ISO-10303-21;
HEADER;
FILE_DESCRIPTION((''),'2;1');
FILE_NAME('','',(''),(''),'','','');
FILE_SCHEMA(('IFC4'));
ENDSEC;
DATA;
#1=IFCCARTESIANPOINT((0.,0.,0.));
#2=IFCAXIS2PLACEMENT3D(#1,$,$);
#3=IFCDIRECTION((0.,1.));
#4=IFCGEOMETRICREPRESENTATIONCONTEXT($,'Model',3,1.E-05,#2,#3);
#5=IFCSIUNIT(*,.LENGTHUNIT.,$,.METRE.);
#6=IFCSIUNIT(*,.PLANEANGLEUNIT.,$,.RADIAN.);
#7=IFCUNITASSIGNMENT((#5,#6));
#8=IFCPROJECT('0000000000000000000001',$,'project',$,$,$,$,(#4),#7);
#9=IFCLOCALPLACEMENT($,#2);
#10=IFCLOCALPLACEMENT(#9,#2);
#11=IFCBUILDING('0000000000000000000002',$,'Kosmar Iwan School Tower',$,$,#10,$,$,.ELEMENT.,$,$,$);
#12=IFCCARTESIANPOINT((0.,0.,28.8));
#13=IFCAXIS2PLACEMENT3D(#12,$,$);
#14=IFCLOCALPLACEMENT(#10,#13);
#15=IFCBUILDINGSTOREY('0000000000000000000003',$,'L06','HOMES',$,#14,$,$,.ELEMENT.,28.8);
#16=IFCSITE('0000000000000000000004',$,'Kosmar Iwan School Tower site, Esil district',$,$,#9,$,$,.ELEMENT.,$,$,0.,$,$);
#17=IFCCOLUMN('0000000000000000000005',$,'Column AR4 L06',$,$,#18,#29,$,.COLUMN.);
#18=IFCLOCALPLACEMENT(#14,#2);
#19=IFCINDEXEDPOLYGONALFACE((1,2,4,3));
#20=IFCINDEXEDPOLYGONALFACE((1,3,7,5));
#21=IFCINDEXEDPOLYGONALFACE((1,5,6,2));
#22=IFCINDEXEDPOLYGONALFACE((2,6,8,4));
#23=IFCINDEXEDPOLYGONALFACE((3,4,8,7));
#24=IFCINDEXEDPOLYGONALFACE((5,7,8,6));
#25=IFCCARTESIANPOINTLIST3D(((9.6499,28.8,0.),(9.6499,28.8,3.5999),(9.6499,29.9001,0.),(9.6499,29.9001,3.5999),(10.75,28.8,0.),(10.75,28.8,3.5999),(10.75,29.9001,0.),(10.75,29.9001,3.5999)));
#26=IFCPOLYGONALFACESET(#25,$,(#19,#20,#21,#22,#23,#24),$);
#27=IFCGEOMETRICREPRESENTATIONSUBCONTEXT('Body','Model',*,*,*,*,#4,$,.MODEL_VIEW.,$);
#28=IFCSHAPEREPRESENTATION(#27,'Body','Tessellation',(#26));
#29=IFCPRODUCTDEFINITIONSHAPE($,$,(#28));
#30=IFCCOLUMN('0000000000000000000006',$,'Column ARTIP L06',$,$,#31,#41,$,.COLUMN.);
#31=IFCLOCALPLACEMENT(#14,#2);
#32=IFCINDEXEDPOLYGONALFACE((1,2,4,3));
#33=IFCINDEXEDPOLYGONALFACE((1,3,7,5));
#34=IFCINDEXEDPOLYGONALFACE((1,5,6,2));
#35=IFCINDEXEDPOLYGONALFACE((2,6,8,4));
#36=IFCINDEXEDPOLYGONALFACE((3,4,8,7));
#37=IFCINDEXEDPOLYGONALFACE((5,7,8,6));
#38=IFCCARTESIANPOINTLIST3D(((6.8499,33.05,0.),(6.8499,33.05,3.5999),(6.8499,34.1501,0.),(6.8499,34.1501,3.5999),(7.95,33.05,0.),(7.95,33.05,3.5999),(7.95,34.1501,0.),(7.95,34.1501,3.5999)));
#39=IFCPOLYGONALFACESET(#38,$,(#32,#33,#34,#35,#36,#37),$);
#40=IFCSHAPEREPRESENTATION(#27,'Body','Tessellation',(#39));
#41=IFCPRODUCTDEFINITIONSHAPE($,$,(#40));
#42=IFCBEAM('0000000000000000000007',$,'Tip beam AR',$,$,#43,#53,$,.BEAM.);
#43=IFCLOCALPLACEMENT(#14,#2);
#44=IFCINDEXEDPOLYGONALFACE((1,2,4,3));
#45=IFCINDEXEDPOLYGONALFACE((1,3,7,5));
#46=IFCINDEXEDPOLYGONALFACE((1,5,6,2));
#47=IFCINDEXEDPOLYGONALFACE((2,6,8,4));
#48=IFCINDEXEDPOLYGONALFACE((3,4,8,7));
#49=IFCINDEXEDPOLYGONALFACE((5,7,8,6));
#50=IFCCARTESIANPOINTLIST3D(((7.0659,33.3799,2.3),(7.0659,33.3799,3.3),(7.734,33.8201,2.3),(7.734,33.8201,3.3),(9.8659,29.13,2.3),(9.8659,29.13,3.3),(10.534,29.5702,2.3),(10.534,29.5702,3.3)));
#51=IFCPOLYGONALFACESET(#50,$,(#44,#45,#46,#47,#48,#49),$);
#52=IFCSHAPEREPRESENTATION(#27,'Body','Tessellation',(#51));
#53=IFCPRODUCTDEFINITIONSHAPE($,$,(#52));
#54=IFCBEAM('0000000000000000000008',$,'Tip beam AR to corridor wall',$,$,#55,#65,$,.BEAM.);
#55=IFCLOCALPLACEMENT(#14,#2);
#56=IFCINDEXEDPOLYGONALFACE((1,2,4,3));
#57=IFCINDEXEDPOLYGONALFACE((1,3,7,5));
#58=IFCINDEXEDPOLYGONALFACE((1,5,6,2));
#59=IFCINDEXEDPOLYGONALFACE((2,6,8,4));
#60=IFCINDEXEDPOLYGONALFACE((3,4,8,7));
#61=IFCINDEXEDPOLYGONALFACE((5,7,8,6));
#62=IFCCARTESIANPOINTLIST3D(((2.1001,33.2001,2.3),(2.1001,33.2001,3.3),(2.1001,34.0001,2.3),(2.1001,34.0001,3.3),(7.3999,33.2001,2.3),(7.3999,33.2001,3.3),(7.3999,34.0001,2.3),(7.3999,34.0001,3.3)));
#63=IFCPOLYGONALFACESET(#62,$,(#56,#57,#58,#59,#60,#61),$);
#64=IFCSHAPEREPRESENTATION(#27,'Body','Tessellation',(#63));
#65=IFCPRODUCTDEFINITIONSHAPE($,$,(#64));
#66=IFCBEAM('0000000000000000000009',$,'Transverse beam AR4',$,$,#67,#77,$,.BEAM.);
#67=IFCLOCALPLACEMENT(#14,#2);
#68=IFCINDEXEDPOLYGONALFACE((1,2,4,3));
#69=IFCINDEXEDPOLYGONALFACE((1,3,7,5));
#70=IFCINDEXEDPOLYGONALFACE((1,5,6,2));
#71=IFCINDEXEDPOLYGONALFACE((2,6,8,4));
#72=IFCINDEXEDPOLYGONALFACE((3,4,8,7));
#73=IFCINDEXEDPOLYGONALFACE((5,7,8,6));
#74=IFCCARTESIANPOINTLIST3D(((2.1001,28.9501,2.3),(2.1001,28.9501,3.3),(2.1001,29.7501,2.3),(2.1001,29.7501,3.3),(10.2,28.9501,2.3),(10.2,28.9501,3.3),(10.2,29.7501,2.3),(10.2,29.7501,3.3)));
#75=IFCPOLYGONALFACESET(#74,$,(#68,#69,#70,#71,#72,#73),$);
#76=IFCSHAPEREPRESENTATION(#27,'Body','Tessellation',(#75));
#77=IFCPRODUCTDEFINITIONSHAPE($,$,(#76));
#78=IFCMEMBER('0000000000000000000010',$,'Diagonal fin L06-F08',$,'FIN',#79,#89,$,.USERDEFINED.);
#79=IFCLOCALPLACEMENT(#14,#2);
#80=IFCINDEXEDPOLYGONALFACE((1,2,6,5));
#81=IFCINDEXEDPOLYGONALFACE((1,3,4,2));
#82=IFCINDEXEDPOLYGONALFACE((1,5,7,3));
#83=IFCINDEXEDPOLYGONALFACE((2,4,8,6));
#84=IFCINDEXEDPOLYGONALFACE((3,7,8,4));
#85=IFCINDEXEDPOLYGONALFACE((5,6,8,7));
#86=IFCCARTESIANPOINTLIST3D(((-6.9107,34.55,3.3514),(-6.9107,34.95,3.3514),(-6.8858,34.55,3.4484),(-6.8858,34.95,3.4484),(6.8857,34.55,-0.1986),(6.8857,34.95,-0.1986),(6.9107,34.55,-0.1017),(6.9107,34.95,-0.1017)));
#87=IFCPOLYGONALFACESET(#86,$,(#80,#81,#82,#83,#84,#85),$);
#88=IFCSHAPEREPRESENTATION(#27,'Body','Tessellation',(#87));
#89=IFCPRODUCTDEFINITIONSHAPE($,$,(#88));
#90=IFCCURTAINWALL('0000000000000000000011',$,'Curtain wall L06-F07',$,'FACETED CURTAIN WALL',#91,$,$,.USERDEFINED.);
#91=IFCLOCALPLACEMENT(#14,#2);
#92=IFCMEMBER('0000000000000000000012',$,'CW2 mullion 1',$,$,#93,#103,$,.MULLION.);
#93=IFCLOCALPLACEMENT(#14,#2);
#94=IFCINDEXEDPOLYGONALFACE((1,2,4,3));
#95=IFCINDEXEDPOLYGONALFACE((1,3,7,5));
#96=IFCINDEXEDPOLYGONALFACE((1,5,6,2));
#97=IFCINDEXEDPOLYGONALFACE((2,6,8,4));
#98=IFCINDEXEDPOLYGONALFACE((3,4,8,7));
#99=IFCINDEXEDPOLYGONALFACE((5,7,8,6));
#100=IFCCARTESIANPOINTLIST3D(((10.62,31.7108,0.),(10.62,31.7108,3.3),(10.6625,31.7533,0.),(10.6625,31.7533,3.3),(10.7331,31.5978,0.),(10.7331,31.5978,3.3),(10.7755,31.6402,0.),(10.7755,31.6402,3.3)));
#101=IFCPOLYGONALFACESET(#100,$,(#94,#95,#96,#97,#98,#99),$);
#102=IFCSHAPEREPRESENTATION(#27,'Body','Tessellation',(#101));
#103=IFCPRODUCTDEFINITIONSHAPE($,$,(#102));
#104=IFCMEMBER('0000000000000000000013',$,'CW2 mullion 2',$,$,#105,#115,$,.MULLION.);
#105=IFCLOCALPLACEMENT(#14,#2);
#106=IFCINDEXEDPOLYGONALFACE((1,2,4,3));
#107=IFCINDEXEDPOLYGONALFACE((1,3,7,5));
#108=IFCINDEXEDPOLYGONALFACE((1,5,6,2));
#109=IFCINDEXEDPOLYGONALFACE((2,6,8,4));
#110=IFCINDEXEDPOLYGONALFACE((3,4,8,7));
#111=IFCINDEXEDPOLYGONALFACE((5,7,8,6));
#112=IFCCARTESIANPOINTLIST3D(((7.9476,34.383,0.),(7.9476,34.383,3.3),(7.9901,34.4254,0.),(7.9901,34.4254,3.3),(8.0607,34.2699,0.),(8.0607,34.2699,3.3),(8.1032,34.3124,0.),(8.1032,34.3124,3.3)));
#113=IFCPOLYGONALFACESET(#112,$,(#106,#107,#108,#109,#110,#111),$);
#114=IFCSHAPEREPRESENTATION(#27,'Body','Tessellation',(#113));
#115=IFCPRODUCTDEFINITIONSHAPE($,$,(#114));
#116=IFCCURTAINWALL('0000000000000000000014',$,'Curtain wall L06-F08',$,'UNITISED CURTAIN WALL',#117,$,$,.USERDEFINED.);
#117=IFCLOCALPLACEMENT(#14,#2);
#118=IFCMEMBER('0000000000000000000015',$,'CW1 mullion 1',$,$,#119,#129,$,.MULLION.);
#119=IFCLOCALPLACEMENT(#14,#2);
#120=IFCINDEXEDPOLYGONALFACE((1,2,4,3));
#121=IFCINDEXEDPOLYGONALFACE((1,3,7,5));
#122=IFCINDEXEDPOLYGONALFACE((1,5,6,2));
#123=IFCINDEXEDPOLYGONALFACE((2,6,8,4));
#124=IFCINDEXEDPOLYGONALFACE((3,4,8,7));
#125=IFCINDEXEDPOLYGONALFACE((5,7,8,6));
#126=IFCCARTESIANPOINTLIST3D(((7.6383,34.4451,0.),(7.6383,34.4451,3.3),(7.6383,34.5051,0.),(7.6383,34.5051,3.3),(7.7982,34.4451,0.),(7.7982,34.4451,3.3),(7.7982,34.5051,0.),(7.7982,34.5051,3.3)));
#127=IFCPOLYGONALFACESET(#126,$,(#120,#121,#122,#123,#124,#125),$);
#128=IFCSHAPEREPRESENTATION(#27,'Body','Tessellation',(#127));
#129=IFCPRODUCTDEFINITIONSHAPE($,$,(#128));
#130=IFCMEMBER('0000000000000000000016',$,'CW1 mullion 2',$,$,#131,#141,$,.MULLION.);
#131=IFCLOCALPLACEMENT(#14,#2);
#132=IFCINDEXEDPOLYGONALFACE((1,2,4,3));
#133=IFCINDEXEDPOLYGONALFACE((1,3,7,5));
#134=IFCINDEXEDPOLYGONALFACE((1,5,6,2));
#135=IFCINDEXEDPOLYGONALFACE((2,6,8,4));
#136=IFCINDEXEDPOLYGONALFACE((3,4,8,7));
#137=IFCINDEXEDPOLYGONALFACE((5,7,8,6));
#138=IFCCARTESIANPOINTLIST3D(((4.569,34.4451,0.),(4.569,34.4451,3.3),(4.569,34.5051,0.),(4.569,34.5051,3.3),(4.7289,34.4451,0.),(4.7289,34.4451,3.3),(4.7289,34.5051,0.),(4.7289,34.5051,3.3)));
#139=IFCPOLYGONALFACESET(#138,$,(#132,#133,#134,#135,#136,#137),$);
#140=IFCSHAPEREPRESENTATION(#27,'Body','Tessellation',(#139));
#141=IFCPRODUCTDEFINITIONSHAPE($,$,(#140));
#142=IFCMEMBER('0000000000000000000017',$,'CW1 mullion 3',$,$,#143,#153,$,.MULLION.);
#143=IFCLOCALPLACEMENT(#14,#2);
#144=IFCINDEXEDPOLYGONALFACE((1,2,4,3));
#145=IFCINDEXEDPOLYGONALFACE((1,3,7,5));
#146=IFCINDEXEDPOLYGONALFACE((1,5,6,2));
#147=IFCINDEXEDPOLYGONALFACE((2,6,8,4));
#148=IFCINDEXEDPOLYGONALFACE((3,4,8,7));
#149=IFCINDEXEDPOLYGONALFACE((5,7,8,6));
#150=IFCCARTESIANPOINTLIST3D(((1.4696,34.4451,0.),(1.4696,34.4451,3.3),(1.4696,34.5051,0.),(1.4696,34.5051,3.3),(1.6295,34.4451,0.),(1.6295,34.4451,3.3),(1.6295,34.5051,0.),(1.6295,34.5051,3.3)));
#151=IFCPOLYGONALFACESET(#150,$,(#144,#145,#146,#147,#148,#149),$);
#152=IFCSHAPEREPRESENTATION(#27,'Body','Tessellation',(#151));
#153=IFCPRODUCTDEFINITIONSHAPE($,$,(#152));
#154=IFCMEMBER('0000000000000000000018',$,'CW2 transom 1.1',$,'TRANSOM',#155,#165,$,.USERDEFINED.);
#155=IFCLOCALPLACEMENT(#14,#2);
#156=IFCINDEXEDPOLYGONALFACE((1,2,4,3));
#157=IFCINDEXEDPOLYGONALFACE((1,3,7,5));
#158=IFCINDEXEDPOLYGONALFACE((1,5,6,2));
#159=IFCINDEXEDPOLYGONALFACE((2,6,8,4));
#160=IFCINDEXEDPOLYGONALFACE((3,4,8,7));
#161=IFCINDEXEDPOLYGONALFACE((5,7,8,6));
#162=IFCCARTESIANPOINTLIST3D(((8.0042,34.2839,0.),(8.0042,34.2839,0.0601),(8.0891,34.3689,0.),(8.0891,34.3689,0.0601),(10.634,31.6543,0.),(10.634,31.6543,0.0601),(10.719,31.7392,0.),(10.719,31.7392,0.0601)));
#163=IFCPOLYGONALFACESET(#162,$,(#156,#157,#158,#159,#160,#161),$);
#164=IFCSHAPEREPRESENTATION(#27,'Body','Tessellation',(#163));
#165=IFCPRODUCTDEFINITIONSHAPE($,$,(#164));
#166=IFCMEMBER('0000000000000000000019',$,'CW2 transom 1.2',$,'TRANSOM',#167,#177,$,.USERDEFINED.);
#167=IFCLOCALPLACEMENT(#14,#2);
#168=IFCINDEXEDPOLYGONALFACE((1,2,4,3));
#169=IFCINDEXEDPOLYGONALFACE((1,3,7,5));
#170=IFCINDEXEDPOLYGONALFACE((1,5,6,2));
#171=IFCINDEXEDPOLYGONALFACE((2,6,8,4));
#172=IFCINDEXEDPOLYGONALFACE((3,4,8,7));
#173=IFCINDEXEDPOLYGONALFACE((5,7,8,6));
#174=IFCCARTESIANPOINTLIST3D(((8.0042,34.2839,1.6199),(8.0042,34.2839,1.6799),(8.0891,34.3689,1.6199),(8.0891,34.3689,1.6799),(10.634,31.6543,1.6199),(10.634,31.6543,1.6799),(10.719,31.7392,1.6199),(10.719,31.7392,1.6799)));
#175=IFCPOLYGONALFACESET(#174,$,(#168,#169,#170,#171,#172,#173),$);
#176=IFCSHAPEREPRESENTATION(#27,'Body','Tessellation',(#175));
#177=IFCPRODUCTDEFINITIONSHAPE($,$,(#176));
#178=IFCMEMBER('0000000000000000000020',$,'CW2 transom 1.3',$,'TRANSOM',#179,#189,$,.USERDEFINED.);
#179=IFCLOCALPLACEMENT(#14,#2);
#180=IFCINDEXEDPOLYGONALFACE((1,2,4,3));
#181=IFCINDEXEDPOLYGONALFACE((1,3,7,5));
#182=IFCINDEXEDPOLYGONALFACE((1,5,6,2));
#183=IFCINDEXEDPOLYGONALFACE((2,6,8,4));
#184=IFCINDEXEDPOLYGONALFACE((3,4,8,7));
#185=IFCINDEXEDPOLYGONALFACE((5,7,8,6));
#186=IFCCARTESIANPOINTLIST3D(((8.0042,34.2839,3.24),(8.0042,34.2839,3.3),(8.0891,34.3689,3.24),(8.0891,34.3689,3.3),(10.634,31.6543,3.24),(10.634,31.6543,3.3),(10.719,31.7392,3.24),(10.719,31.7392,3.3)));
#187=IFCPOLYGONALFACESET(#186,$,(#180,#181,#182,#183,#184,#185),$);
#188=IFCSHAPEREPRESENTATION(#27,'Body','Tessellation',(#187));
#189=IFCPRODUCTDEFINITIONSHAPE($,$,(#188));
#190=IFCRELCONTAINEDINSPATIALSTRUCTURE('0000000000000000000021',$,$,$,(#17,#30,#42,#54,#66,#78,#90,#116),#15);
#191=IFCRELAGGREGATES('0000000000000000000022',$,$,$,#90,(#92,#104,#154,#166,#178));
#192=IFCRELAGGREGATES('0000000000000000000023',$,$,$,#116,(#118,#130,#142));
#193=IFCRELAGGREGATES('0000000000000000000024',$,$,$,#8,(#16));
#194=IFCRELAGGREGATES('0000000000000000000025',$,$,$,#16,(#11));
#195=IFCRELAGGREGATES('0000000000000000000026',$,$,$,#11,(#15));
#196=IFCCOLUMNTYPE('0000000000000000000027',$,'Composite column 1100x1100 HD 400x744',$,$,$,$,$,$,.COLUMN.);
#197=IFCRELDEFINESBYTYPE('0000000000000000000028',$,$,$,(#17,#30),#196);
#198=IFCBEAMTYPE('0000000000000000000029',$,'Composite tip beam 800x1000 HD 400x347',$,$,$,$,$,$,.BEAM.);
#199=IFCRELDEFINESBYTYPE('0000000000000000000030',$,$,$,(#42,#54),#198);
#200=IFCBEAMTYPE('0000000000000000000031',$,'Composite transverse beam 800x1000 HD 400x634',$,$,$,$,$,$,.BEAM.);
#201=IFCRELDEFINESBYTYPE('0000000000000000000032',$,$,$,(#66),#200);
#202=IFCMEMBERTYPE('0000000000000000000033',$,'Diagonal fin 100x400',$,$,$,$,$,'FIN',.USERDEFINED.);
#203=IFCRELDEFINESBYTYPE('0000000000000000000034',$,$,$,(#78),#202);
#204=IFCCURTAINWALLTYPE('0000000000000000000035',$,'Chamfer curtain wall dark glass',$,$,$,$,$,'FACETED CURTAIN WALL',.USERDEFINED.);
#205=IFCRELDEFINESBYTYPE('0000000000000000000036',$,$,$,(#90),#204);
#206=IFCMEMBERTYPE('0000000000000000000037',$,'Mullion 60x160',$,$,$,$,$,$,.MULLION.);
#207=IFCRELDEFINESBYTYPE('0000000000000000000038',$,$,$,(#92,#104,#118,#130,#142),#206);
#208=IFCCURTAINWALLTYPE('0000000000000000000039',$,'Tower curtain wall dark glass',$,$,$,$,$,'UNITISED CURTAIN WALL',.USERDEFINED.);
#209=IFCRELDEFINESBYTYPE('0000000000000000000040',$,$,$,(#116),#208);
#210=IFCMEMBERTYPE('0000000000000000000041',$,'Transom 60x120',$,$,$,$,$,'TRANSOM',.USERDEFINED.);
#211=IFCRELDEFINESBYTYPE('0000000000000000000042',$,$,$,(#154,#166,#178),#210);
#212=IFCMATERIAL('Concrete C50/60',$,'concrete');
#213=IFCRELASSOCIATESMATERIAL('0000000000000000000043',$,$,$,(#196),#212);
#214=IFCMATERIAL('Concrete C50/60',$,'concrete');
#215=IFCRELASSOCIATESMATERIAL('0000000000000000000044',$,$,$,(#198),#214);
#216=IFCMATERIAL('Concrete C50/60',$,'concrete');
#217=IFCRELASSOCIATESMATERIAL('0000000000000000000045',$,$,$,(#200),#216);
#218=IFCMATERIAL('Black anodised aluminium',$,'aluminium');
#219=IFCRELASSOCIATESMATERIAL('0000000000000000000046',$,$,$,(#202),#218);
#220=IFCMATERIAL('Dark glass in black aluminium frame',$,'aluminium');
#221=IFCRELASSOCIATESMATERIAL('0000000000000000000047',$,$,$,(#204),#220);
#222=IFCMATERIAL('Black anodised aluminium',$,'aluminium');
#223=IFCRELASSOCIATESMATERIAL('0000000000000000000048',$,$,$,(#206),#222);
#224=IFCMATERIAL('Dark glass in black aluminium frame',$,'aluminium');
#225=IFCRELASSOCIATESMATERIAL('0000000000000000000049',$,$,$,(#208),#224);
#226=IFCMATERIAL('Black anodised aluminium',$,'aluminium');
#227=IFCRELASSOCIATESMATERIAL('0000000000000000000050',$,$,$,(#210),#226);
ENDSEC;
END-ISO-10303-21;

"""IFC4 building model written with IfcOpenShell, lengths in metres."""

from ifc_helpers import new_model, si_unit, direction, frame, origin, origin_2d, place, context, subcontext, project, spatial, rectangle, extrude, material, material_profile, profile_set, type_object, element, aggregate, save


model = new_model("IFC4")

# Units and contexts
model_context = context("Model", 3, precision=1e-05, world=origin(), true_north=direction((0.0, 1.0)))
body_context = subcontext(model_context, "Body", "Model", "MODEL_VIEW")
ifc_project = project(units=[si_unit("LENGTHUNIT", "METRE"), si_unit("PLANEANGLEUNIT", "RADIAN")], contexts=[model_context])

# Site, building, storey
site_placement = place(None, origin())
site = spatial("IfcSite", under=ifc_project, at=site_placement, Name="Kosmar Iwan School Tower site, Esil district", CompositionType="ELEMENT", RefElevation=0.0)
building_placement = place(site_placement, origin())
building = spatial("IfcBuilding", under=site, at=building_placement, Name="Kosmar Iwan School Tower", CompositionType="ELEMENT")
storey_placement = place(building_placement, frame((0.0, 0.0, 28.8)))
storey = spatial("IfcBuildingStorey", under=building, at=storey_placement, Name="L06", Description="HOMES", CompositionType="ELEMENT", Elevation=28.8)

# Columns
ifc_material_1 = material(Name="Concrete C50/60", Category="concrete")
ifc_material_profile_1 = material_profile(ifc_material_1, rectangle(XDim=1.1001, YDim=1.1001, at=origin_2d()), Name="RC 1100x1100 + HD 400x744")
ifc_profile_set_1 = profile_set([ifc_material_profile_1], Name="Concrete C50/60")
column_type = type_object("IfcColumnType", Name="Composite column 1100x1100 HD 400x744", PredefinedType="COLUMN", material=ifc_profile_set_1)
for number, where, z_axis, x_axis, name in (
    (1, (10.2, 29.3501, 0.0), (0.0, 0.0, 1.0), (0.0, 1.0, 0.0), "Column AR4 L06"),
    (2, (7.3999, 33.6001, 0.0), (0.0, 0.0, 1.0), (0.0, 1.0, 0.0), "Column ARTIP L06"),
):
    element("IfcColumn", number, at=place(storey_placement, frame(where, z_axis=z_axis, x_axis=x_axis)), inside=storey, type_object=column_type, Name=name, PredefinedType="COLUMN", context=body_context, shape_type="SweptSolid", body=[
        extrude(rectangle(XDim=1.1001, YDim=1.1001, at=origin_2d()), origin(), (0.0, 0.0, 1.0), 3.5999),
    ])

# Beams
ifc_material_2 = material(Name="Concrete C50/60", Category="concrete")
ifc_material_profile_2 = material_profile(ifc_material_2, rectangle(XDim=0.8, YDim=1.0, at=origin_2d()), Name="RC 800x1000 + HD 400x347")
ifc_profile_set_2 = profile_set([ifc_material_profile_2], Name="Concrete C50/60")
beam_type_1 = type_object("IfcBeamType", Name="Composite tip beam 800x1000 HD 400x347", PredefinedType="BEAM", material=ifc_profile_set_2)
beam_1_placement = place(storey_placement, frame((10.2, 29.3501, 2.8), z_axis=(-0.550164, 0.835056, 0.0), x_axis=(-0.835056, -0.550164, 0.0)))
element("IfcBeam", 3, at=beam_1_placement, inside=storey, type_object=beam_type_1, Name="Tip beam AR", PredefinedType="BEAM", context=body_context, shape_type="SweptSolid", body=[
    extrude(rectangle(XDim=0.8, YDim=1.0, at=origin_2d()), origin(), (0.0, 0.0, 1.0), 5.0894),
])
beam_2_placement = place(storey_placement, frame((7.3999, 33.6001, 2.8), z_axis=(-1.0, 0.0, 0.0), x_axis=(0.0, -1.0, 0.0)))
element("IfcBeam", 4, at=beam_2_placement, inside=storey, type_object=beam_type_1, Name="Tip beam AR to corridor wall", PredefinedType="BEAM", context=body_context, shape_type="SweptSolid", body=[
    extrude(rectangle(XDim=0.8, YDim=1.0, at=origin_2d()), origin(), (0.0, 0.0, 1.0), 5.2998),
])
ifc_material_3 = material(Name="Concrete C50/60", Category="concrete")
ifc_material_profile_3 = material_profile(ifc_material_3, rectangle(XDim=0.8, YDim=1.0, at=origin_2d()), Name="RC 800x1000 + HD 400x634")
ifc_profile_set_3 = profile_set([ifc_material_profile_3], Name="Concrete C50/60")
beam_type_2 = type_object("IfcBeamType", Name="Composite transverse beam 800x1000 HD 400x634", PredefinedType="BEAM", material=ifc_profile_set_3)
beam_3_placement = place(storey_placement, frame((10.2, 29.3501, 2.8), z_axis=(-1.0, 0.0, 0.0), x_axis=(0.0, -1.0, 0.0)))
element("IfcBeam", 5, at=beam_3_placement, inside=storey, type_object=beam_type_2, Name="Transverse beam AR4", PredefinedType="BEAM", context=body_context, shape_type="SweptSolid", body=[
    extrude(rectangle(XDim=0.8, YDim=1.0, at=origin_2d()), origin(), (0.0, 0.0, 1.0), 8.0999),
])

# Member
ifc_material_4 = material(Name="Black anodised aluminium", Category="aluminium")
ifc_material_profile_4 = material_profile(ifc_material_4, rectangle(XDim=0.1001, YDim=0.3999, at=origin_2d()), Name="FIN 100x400")
ifc_profile_set_4 = profile_set([ifc_material_profile_4], Name="Black anodised aluminium")
member_type_1 = type_object("IfcMemberType", Name="Diagonal fin 100x400", ElementType="FIN", PredefinedType="USERDEFINED", material=ifc_profile_set_4)
member_1_placement = place(storey_placement, frame((6.8982, 34.75, -0.1501), z_axis=(-0.968452, 0.0, 0.249199), x_axis=(0.249199, 0.0, 0.968452)))
element("IfcMember", 6, at=member_1_placement, inside=storey, type_object=member_type_1, Name="Diagonal fin L06-F08", ObjectType="FIN", PredefinedType="USERDEFINED", context=body_context, shape_type="SweptSolid", body=[
    extrude(rectangle(XDim=0.1001, YDim=0.3999, at=origin_2d()), origin(), (0.0, 0.0, 1.0), 14.2458),
])

# Curtain walls, members
ifc_material_5 = material(Name="Dark glass in black aluminium frame", Category="aluminium")
curtain_wall_type_1 = type_object("IfcCurtainWallType", Name="Chamfer curtain wall dark glass", ElementType="FACETED CURTAIN WALL", PredefinedType="USERDEFINED", material=ifc_material_5)
curtain_wall_1_placement = place(storey_placement, origin())
curtain_wall_1 = element("IfcCurtainWall", 7, at=curtain_wall_1_placement, inside=storey, type_object=curtain_wall_type_1, Name="Curtain wall L06-F07", ObjectType="FACETED CURTAIN WALL", PredefinedType="USERDEFINED")
ifc_material_6 = material(Name="Black anodised aluminium", Category="aluminium")
ifc_material_profile_5 = material_profile(ifc_material_6, rectangle(XDim=0.0601, YDim=0.1599, at=origin_2d()), Name="MULLION 60x160")
ifc_profile_set_5 = profile_set([ifc_material_profile_5], Name="Black anodised aluminium")
member_type_2 = type_object("IfcMemberType", Name="Mullion 60x160", PredefinedType="MULLION", material=ifc_profile_set_5)
member_2_placement = place(storey_placement, frame((10.6978, 31.6755, 0.0), z_axis=(0.0, 0.0, 1.0), x_axis=(-0.707107, -0.707107, 0.0)))
member_2 = element("IfcMember", 8, at=member_2_placement, type_object=member_type_2, Name="CW2 mullion 1", PredefinedType="MULLION", context=body_context, shape_type="SweptSolid", body=[
    extrude(rectangle(XDim=0.0601, YDim=0.1599, at=origin_2d()), origin(), (0.0, 0.0, 1.0), 3.3),
])
member_3_placement = place(storey_placement, frame((8.0254, 34.3477, 0.0), z_axis=(0.0, 0.0, 1.0), x_axis=(-0.707107, -0.707107, 0.0)))
member_3 = element("IfcMember", 9, at=member_3_placement, type_object=member_type_2, Name="CW2 mullion 2", PredefinedType="MULLION", context=body_context, shape_type="SweptSolid", body=[
    extrude(rectangle(XDim=0.0601, YDim=0.1599, at=origin_2d()), origin(), (0.0, 0.0, 1.0), 3.3),
])
ifc_material_7 = material(Name="Dark glass in black aluminium frame", Category="aluminium")
curtain_wall_type_2 = type_object("IfcCurtainWallType", Name="Tower curtain wall dark glass", ElementType="UNITISED CURTAIN WALL", PredefinedType="USERDEFINED", material=ifc_material_7)
curtain_wall_2_placement = place(storey_placement, origin())
curtain_wall_2 = element("IfcCurtainWall", 10, at=curtain_wall_2_placement, inside=storey, type_object=curtain_wall_type_2, Name="Curtain wall L06-F08", ObjectType="UNITISED CURTAIN WALL", PredefinedType="USERDEFINED")
member_4_placement = place(storey_placement, frame((7.7183, 34.4751, 0.0), z_axis=(0.0, 0.0, 1.0), x_axis=(0.0, -1.0, 0.0)))
member_4 = element("IfcMember", 11, at=member_4_placement, type_object=member_type_2, Name="CW1 mullion 1", PredefinedType="MULLION", context=body_context, shape_type="SweptSolid", body=[
    extrude(rectangle(XDim=0.0601, YDim=0.1599, at=origin_2d()), origin(), (0.0, 0.0, 1.0), 3.3),
])
member_5_placement = place(storey_placement, frame((4.6489, 34.4751, 0.0), z_axis=(0.0, 0.0, 1.0), x_axis=(0.0, -1.0, 0.0)))
member_5 = element("IfcMember", 12, at=member_5_placement, type_object=member_type_2, Name="CW1 mullion 2", PredefinedType="MULLION", context=body_context, shape_type="SweptSolid", body=[
    extrude(rectangle(XDim=0.0601, YDim=0.1599, at=origin_2d()), origin(), (0.0, 0.0, 1.0), 3.3),
])
member_6_placement = place(storey_placement, frame((1.5496, 34.4751, 0.0), z_axis=(0.0, 0.0, 1.0), x_axis=(0.0, -1.0, 0.0)))
member_6 = element("IfcMember", 13, at=member_6_placement, type_object=member_type_2, Name="CW1 mullion 3", PredefinedType="MULLION", context=body_context, shape_type="SweptSolid", body=[
    extrude(rectangle(XDim=0.0601, YDim=0.1599, at=origin_2d()), origin(), (0.0, 0.0, 1.0), 3.3),
])

# Members
ifc_material_8 = material(Name="Black anodised aluminium", Category="aluminium")
ifc_material_profile_6 = material_profile(ifc_material_8, rectangle(XDim=0.1201, YDim=0.0601, at=origin_2d()), Name="TRANSOM 60x120")
ifc_profile_set_6 = profile_set([ifc_material_profile_6], Name="Black anodised aluminium")
member_type_3 = type_object("IfcMemberType", Name="Transom 60x120", ElementType="TRANSOM", PredefinedType="USERDEFINED", material=ifc_profile_set_6)
member_7_placement = place(storey_placement, frame((10.6765, 31.6968, 0.03), z_axis=(-0.70714, 0.707074, 0.0), x_axis=(-0.707074, -0.70714, 0.0)))
member_7 = element("IfcMember", 14, at=member_7_placement, type_object=member_type_3, Name="CW2 transom 1.1", ObjectType="TRANSOM", PredefinedType="USERDEFINED", context=body_context, shape_type="SweptSolid", body=[
    extrude(rectangle(XDim=0.1201, YDim=0.0601, at=origin_2d()), origin(), (0.0, 0.0, 1.0), 3.719),
])
member_8_placement = place(storey_placement, frame((10.6765, 31.6968, 1.6499), z_axis=(-0.70714, 0.707074, 0.0), x_axis=(-0.707074, -0.70714, 0.0)))
member_8 = element("IfcMember", 15, at=member_8_placement, type_object=member_type_3, Name="CW2 transom 1.2", ObjectType="TRANSOM", PredefinedType="USERDEFINED", context=body_context, shape_type="SweptSolid", body=[
    extrude(rectangle(XDim=0.1201, YDim=0.0601, at=origin_2d()), origin(), (0.0, 0.0, 1.0), 3.719),
])
member_9_placement = place(storey_placement, frame((10.6765, 31.6968, 3.27), z_axis=(-0.70714, 0.707074, 0.0), x_axis=(-0.707074, -0.70714, 0.0)))
member_9 = element("IfcMember", 16, at=member_9_placement, type_object=member_type_3, Name="CW2 transom 1.3", ObjectType="TRANSOM", PredefinedType="USERDEFINED", context=body_context, shape_type="SweptSolid", body=[
    extrude(rectangle(XDim=0.1201, YDim=0.0601, at=origin_2d()), origin(), (0.0, 0.0, 1.0), 3.719),
])

aggregate(curtain_wall_1, [member_2, member_3, member_7, member_8, member_9])
aggregate(curtain_wall_2, [member_4, member_5, member_6])

save(model, "model.ifc")
